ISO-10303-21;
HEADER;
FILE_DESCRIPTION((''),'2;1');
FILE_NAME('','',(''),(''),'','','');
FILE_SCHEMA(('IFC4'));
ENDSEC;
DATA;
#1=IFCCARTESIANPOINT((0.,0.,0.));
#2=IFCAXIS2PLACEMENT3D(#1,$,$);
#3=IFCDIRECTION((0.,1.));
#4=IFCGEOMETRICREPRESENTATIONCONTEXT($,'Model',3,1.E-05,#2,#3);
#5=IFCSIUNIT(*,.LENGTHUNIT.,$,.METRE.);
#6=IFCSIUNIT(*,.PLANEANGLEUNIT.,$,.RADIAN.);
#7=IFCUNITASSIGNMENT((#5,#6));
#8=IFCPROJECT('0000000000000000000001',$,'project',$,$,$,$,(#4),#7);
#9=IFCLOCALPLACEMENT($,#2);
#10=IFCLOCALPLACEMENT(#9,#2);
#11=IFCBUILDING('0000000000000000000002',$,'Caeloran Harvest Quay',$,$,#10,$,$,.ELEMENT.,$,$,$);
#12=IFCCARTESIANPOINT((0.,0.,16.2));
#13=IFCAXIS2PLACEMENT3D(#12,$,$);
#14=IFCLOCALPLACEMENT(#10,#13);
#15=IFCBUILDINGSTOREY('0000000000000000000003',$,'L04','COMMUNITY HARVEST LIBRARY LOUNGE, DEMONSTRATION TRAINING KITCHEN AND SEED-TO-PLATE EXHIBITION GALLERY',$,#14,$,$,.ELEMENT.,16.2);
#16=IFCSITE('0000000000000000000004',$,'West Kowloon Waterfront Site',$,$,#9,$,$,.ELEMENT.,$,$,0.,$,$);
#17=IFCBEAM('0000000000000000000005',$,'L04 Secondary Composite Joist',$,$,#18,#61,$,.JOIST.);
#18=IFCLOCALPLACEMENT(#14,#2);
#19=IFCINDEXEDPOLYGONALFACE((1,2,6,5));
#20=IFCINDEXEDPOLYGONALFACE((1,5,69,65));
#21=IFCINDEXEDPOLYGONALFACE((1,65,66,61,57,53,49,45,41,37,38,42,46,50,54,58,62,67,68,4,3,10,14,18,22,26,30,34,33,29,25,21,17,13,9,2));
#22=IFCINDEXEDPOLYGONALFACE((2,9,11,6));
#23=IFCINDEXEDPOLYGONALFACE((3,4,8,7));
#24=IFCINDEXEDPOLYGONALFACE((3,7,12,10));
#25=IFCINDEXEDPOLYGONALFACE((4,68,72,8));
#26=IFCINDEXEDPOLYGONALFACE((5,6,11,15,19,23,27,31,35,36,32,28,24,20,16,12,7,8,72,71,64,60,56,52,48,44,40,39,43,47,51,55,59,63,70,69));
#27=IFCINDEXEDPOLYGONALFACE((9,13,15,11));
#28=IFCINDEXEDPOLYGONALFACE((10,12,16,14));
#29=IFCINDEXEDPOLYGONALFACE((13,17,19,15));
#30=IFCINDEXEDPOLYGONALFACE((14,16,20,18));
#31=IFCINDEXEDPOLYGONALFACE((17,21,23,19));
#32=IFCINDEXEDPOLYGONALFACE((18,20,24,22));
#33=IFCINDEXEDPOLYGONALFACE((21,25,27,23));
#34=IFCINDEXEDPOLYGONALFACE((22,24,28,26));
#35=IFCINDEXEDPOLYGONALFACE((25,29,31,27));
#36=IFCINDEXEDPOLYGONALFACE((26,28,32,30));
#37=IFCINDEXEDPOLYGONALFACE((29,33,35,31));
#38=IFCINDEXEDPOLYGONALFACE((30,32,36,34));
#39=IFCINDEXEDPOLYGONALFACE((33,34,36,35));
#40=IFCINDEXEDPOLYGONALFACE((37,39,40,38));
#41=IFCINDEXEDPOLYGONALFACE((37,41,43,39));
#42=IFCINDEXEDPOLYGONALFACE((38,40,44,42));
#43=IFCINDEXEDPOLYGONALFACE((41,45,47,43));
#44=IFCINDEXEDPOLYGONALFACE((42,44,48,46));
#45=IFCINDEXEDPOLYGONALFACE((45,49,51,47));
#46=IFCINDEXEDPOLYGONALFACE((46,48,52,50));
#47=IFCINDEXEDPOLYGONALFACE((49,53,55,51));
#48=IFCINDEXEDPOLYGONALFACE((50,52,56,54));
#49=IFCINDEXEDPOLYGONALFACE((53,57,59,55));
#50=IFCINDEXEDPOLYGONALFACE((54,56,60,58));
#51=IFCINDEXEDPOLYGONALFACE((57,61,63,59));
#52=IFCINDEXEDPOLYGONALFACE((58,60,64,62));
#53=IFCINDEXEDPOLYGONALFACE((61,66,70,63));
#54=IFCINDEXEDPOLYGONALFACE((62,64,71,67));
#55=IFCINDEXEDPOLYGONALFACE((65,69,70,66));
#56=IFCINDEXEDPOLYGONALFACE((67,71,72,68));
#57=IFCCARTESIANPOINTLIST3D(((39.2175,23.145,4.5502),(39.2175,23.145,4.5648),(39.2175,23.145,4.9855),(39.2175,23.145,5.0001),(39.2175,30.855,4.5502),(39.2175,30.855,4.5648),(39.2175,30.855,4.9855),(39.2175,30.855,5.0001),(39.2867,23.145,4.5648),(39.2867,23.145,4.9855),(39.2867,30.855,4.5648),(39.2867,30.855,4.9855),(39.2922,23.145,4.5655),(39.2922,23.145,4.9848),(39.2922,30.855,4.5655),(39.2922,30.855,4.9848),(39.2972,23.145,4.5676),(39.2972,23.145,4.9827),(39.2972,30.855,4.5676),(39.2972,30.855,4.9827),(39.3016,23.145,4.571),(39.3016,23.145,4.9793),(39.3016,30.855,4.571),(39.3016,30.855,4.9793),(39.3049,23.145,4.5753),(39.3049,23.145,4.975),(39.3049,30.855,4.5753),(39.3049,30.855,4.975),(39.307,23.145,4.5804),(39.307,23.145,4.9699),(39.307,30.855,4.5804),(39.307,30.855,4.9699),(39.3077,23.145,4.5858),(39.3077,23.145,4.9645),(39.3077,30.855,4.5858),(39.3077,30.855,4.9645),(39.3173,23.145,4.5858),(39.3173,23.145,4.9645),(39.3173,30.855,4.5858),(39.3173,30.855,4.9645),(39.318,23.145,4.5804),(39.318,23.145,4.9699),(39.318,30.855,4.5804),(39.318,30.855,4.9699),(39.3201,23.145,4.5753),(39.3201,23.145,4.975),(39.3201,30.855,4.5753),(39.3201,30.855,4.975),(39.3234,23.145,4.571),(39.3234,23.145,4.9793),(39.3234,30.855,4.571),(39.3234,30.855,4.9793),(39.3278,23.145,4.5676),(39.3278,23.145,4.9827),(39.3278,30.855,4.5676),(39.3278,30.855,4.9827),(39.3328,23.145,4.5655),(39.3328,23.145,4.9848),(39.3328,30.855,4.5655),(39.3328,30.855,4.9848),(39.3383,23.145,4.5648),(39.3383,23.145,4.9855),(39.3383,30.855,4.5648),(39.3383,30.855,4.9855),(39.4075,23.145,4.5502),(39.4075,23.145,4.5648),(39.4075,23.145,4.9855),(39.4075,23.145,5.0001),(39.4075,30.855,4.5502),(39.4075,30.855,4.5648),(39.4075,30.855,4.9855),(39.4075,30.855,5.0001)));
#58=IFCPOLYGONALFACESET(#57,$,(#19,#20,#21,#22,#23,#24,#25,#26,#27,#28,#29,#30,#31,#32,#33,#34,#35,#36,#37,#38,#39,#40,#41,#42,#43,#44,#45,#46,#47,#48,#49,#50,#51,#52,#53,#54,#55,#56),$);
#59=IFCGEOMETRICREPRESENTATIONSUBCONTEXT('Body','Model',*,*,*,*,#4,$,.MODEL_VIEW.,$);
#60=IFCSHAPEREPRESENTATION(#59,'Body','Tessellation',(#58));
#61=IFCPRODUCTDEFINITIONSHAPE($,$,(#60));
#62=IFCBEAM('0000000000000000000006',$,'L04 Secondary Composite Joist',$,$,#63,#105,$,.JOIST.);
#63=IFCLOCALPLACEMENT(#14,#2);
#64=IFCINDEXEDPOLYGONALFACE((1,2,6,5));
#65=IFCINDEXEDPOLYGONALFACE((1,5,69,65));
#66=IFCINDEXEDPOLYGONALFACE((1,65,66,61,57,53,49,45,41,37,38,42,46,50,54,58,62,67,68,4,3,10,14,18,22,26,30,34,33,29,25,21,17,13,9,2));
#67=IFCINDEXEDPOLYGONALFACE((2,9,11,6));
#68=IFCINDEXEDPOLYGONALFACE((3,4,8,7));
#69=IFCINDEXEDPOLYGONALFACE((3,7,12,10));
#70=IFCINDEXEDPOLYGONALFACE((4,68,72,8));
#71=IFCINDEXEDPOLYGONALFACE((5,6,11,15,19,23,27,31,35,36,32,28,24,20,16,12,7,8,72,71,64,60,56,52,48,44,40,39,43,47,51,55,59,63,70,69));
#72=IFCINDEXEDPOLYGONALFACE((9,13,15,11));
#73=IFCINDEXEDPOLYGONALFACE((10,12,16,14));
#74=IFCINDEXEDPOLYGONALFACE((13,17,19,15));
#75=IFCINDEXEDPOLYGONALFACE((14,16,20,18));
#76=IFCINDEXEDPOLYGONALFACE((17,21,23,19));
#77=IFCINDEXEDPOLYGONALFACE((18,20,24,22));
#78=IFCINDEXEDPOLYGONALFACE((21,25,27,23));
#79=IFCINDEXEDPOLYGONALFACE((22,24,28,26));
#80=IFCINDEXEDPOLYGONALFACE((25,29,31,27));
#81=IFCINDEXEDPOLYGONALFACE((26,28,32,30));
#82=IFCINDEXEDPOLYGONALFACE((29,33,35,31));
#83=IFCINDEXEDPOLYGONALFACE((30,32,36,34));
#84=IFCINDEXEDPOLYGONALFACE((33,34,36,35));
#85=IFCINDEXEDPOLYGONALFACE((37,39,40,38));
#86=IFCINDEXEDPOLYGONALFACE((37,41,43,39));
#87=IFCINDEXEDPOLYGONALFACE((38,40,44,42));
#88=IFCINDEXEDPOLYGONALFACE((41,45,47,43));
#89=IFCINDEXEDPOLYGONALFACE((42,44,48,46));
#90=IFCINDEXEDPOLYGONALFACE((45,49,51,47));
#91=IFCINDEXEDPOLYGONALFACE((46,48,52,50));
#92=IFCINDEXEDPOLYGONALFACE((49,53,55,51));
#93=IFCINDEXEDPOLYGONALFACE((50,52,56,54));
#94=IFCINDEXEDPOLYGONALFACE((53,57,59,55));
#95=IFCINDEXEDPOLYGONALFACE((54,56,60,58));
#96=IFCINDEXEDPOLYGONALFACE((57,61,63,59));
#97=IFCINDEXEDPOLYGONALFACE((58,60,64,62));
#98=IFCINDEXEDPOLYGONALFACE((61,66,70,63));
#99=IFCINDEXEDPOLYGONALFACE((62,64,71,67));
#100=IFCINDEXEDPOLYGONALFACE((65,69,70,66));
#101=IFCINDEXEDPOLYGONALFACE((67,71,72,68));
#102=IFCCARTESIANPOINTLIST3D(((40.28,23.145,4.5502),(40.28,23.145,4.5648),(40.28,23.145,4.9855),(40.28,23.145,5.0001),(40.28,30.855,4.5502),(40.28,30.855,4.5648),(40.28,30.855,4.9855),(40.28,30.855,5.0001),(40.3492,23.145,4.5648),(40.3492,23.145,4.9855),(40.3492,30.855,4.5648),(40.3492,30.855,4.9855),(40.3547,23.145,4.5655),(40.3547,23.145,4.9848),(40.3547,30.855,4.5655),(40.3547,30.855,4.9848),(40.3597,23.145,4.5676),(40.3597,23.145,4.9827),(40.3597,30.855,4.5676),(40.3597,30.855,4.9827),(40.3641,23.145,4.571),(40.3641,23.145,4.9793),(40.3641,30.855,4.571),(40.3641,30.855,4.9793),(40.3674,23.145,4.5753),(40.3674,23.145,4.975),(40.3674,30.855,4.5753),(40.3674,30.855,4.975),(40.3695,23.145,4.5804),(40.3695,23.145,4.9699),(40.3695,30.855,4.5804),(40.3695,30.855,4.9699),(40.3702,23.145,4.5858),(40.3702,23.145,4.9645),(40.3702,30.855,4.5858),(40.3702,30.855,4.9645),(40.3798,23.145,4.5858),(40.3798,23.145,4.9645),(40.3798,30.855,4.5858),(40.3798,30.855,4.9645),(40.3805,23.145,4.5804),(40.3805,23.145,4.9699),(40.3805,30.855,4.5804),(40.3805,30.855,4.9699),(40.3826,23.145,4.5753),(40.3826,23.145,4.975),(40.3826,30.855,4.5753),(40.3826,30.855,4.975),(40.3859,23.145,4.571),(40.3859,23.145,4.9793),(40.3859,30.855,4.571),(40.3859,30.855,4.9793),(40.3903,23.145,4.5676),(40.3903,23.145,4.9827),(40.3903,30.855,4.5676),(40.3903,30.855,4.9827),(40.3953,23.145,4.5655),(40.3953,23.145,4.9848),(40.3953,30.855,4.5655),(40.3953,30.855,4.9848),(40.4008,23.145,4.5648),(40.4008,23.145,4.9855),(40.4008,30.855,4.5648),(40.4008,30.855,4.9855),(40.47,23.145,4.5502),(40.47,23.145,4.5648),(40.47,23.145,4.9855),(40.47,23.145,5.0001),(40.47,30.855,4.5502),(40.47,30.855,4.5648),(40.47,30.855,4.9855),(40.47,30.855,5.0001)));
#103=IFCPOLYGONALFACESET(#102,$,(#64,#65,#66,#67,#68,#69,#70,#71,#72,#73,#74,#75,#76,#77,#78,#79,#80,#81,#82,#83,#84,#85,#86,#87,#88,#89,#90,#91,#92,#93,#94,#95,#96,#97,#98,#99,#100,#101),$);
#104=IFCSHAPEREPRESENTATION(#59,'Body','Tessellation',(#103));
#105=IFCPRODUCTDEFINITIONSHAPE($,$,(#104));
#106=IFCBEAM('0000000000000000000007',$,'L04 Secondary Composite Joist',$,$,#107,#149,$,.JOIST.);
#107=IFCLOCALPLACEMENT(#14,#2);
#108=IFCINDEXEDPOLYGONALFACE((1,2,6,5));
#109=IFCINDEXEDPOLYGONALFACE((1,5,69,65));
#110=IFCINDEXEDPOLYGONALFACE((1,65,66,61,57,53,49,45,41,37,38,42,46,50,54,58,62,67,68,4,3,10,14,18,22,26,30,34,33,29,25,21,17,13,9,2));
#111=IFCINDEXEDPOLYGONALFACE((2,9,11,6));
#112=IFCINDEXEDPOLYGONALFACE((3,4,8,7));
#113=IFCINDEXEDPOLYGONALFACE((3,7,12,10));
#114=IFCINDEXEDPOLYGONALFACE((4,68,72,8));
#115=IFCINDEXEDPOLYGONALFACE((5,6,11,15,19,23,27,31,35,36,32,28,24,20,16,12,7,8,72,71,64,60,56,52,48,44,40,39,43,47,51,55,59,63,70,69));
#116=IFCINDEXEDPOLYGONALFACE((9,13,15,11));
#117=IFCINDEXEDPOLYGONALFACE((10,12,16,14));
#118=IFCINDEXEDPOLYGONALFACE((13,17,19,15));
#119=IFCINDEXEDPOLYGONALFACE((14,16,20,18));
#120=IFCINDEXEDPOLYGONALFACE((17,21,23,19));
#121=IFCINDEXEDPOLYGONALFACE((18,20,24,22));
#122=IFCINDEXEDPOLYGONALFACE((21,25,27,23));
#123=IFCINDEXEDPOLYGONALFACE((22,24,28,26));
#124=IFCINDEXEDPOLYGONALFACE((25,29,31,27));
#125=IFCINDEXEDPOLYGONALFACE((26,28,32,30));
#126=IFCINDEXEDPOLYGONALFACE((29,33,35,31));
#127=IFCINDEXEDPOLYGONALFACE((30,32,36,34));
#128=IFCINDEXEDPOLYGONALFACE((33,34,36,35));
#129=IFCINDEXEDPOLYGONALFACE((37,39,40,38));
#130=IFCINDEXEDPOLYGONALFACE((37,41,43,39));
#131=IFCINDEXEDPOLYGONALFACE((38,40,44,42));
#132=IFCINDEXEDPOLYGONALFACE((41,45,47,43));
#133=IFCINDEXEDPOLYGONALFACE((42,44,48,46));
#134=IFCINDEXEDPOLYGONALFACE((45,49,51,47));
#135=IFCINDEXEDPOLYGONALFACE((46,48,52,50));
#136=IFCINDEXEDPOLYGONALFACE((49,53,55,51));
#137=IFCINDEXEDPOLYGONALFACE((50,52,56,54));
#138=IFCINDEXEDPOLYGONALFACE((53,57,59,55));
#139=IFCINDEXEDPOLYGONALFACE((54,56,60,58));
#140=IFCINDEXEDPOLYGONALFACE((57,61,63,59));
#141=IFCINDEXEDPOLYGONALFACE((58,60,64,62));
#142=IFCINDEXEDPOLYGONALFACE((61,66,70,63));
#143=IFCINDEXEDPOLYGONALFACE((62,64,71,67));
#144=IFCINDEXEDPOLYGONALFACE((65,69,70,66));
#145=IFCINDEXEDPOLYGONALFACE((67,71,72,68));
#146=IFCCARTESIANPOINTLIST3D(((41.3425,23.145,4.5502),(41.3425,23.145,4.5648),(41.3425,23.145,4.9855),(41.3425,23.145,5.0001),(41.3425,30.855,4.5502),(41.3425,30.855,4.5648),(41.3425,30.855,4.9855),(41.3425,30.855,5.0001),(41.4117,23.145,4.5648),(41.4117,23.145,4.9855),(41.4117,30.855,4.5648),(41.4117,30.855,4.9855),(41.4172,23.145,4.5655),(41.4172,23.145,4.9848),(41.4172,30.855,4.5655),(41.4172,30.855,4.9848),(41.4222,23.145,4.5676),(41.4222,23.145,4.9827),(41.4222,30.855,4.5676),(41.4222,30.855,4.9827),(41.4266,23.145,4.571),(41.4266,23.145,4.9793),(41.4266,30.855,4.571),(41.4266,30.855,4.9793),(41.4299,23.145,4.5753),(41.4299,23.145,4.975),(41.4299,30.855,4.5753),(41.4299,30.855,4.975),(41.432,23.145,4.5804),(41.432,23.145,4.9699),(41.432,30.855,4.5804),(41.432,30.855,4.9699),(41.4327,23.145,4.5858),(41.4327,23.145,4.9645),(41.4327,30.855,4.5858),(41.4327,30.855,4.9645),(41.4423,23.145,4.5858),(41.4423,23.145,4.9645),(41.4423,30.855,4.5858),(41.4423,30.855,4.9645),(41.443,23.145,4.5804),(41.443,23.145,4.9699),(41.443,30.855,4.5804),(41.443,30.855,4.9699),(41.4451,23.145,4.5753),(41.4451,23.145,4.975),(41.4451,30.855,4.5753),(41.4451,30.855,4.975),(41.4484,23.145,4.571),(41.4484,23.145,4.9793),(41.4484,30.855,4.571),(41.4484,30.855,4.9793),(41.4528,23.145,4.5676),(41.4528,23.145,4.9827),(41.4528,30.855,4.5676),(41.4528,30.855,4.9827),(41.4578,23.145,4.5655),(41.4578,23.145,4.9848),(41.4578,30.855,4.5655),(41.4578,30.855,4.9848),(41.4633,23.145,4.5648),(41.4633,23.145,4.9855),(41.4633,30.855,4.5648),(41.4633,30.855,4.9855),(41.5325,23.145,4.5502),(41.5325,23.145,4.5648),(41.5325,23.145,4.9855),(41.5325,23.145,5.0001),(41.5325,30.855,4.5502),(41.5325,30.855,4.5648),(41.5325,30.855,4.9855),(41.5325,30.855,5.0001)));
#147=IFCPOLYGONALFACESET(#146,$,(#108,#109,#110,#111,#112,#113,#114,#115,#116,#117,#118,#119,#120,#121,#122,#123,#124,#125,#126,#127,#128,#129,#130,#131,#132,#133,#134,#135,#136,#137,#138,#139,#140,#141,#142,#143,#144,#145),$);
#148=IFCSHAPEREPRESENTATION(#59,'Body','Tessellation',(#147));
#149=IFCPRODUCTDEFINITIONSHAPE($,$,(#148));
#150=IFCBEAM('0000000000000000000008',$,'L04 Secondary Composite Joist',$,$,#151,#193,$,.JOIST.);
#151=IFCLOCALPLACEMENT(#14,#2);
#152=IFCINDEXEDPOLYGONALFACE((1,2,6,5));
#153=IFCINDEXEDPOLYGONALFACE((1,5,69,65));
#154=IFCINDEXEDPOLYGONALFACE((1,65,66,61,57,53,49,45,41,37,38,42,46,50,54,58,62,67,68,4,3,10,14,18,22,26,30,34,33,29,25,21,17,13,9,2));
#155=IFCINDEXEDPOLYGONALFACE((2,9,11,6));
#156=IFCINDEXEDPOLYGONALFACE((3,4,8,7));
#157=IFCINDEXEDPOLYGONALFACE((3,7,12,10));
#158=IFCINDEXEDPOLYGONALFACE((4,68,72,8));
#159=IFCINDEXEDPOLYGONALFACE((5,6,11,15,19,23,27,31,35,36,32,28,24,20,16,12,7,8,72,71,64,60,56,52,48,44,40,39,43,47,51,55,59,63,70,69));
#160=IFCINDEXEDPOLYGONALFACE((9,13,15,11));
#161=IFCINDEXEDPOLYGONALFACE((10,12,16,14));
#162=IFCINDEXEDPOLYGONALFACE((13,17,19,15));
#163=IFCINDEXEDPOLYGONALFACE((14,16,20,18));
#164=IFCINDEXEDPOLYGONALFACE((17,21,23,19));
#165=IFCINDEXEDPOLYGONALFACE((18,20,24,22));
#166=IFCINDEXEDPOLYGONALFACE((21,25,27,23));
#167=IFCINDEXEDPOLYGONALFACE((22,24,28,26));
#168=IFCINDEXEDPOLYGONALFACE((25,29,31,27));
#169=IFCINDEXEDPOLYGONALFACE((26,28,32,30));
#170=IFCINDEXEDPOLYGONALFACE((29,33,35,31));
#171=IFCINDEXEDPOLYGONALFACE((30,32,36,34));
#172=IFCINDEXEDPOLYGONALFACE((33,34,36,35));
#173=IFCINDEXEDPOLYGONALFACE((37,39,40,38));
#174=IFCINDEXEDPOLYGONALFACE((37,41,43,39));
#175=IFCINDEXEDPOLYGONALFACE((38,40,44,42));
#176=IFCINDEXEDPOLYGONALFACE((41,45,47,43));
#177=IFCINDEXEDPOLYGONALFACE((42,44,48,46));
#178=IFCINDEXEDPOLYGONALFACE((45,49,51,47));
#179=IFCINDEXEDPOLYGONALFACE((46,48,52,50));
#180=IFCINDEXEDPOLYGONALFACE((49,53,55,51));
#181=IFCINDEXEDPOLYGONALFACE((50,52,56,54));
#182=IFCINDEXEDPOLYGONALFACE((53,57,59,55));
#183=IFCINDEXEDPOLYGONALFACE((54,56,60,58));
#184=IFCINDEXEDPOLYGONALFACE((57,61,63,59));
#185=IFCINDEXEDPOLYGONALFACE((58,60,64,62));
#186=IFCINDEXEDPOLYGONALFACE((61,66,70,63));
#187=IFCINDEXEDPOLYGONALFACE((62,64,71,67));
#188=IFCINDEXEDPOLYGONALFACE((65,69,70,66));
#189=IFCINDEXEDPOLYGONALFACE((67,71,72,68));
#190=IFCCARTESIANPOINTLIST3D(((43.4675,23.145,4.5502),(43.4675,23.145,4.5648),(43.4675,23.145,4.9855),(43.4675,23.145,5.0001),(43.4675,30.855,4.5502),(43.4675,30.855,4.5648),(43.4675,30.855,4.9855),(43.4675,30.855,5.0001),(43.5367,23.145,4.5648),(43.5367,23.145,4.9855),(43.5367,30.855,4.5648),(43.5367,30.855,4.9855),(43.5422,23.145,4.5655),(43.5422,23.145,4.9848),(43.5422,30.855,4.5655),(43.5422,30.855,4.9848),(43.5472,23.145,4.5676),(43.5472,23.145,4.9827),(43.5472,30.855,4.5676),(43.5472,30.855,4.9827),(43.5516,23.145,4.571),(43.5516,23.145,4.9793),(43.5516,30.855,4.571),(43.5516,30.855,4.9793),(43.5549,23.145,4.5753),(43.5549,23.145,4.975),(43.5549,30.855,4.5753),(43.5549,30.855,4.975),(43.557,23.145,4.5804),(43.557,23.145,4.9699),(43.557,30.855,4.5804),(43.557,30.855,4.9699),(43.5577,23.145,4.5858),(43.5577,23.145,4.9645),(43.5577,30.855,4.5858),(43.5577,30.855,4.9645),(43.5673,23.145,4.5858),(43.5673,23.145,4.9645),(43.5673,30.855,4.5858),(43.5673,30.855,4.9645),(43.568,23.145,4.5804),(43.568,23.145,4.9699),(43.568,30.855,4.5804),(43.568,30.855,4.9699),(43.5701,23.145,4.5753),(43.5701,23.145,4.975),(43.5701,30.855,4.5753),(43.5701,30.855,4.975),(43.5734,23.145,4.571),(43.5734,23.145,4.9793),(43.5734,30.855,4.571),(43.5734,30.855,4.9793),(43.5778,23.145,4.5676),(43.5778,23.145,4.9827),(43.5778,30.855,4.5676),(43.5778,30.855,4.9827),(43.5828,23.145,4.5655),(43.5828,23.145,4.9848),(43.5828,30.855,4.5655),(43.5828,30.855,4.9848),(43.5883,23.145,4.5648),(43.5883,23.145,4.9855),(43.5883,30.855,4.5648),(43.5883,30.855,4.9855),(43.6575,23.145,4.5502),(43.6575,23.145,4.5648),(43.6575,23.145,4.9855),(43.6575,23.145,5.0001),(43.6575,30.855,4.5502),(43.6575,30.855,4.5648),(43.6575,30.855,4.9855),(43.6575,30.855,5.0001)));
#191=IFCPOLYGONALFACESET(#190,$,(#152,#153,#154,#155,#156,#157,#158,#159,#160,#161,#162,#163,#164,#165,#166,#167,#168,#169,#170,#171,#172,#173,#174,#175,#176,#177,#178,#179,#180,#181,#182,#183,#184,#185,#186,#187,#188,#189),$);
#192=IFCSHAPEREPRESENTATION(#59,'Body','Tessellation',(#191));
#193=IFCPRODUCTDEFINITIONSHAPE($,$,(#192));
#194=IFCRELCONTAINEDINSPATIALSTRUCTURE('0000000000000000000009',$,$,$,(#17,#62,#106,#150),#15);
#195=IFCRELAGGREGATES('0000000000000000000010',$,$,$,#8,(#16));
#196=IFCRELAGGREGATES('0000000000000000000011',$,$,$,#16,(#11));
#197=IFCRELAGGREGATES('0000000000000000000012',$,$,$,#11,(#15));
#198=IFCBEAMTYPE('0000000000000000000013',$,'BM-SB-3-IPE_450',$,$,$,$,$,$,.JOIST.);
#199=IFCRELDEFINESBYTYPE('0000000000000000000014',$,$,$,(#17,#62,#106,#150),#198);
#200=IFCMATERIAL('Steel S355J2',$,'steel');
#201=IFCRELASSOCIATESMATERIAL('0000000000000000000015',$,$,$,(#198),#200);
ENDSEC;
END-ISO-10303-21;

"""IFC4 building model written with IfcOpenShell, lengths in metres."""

from ifc_helpers import new_model, si_unit, direction, frame, origin, origin_2d, place, context, subcontext, project, spatial, i_section, extrude, material, material_profile, profile_set, type_object, element, save


model = new_model("IFC4")

# Units and contexts
model_context = context("Model", 3, precision=1e-05, world=origin(), true_north=direction((0.0, 1.0)))
body_context = subcontext(model_context, "Body", "Model", "MODEL_VIEW")
ifc_project = project(units=[si_unit("LENGTHUNIT", "METRE"), si_unit("PLANEANGLEUNIT", "RADIAN")], contexts=[model_context])

# Site, building, storey
site_placement = place(None, origin())
site = spatial("IfcSite", under=ifc_project, at=site_placement, Name="West Kowloon Waterfront Site", CompositionType="ELEMENT", RefElevation=0.0)
building_placement = place(site_placement, origin())
building = spatial("IfcBuilding", under=site, at=building_placement, Name="Caeloran Harvest Quay", CompositionType="ELEMENT")
storey_placement = place(building_placement, frame((0.0, 0.0, 16.2)))
storey = spatial("IfcBuildingStorey", under=building, at=storey_placement, Name="L04", Description="COMMUNITY HARVEST LIBRARY LOUNGE, DEMONSTRATION TRAINING KITCHEN AND SEED-TO-PLATE EXHIBITION GALLERY", CompositionType="ELEMENT", Elevation=16.2)

# Beams
ifc_material_1 = material(Name="Steel S355J2", Category="steel")
ifc_material_profile_1 = material_profile(ifc_material_1, i_section(OverallWidth=0.1899, OverallDepth=0.45, WebThickness=0.0095, FlangeThickness=0.0146, FilletRadius=0.021, at=origin_2d()), Name="IPE 450")
ifc_profile_set_1 = profile_set([ifc_material_profile_1], Name="Steel S355J2")
beam_type_1 = type_object("IfcBeamType", Name="BM-SB-3-IPE_450", PredefinedType="JOIST", material=ifc_profile_set_1)
for number, where, z_axis, x_axis, name in (
    (1, (39.3125, 23.145, 4.7751), (0.0, 1.0, 0.0), (-1.0, 0.0, 0.0), "L04 Secondary Composite Joist"),
    (2, (40.375, 23.145, 4.7751), (0.0, 1.0, 0.0), (-1.0, 0.0, 0.0), "L04 Secondary Composite Joist"),
    (3, (41.4375, 23.145, 4.7751), (0.0, 1.0, 0.0), (-1.0, 0.0, 0.0), "L04 Secondary Composite Joist"),
    (4, (43.5625, 23.145, 4.7751), (0.0, 1.0, 0.0), (-1.0, 0.0, 0.0), "L04 Secondary Composite Joist"),
):
    element("IfcBeam", number, at=place(storey_placement, frame(where, z_axis=z_axis, x_axis=x_axis)), inside=storey, type_object=beam_type_1, Name=name, PredefinedType="JOIST", context=body_context, shape_type="SweptSolid", body=[
        extrude(i_section(OverallWidth=0.1899, OverallDepth=0.45, WebThickness=0.0095, FlangeThickness=0.0146, FilletRadius=0.021, at=origin_2d()), origin(), (0.0, 0.0, 1.0), 7.71),
    ])

save(model, "model.ifc")
